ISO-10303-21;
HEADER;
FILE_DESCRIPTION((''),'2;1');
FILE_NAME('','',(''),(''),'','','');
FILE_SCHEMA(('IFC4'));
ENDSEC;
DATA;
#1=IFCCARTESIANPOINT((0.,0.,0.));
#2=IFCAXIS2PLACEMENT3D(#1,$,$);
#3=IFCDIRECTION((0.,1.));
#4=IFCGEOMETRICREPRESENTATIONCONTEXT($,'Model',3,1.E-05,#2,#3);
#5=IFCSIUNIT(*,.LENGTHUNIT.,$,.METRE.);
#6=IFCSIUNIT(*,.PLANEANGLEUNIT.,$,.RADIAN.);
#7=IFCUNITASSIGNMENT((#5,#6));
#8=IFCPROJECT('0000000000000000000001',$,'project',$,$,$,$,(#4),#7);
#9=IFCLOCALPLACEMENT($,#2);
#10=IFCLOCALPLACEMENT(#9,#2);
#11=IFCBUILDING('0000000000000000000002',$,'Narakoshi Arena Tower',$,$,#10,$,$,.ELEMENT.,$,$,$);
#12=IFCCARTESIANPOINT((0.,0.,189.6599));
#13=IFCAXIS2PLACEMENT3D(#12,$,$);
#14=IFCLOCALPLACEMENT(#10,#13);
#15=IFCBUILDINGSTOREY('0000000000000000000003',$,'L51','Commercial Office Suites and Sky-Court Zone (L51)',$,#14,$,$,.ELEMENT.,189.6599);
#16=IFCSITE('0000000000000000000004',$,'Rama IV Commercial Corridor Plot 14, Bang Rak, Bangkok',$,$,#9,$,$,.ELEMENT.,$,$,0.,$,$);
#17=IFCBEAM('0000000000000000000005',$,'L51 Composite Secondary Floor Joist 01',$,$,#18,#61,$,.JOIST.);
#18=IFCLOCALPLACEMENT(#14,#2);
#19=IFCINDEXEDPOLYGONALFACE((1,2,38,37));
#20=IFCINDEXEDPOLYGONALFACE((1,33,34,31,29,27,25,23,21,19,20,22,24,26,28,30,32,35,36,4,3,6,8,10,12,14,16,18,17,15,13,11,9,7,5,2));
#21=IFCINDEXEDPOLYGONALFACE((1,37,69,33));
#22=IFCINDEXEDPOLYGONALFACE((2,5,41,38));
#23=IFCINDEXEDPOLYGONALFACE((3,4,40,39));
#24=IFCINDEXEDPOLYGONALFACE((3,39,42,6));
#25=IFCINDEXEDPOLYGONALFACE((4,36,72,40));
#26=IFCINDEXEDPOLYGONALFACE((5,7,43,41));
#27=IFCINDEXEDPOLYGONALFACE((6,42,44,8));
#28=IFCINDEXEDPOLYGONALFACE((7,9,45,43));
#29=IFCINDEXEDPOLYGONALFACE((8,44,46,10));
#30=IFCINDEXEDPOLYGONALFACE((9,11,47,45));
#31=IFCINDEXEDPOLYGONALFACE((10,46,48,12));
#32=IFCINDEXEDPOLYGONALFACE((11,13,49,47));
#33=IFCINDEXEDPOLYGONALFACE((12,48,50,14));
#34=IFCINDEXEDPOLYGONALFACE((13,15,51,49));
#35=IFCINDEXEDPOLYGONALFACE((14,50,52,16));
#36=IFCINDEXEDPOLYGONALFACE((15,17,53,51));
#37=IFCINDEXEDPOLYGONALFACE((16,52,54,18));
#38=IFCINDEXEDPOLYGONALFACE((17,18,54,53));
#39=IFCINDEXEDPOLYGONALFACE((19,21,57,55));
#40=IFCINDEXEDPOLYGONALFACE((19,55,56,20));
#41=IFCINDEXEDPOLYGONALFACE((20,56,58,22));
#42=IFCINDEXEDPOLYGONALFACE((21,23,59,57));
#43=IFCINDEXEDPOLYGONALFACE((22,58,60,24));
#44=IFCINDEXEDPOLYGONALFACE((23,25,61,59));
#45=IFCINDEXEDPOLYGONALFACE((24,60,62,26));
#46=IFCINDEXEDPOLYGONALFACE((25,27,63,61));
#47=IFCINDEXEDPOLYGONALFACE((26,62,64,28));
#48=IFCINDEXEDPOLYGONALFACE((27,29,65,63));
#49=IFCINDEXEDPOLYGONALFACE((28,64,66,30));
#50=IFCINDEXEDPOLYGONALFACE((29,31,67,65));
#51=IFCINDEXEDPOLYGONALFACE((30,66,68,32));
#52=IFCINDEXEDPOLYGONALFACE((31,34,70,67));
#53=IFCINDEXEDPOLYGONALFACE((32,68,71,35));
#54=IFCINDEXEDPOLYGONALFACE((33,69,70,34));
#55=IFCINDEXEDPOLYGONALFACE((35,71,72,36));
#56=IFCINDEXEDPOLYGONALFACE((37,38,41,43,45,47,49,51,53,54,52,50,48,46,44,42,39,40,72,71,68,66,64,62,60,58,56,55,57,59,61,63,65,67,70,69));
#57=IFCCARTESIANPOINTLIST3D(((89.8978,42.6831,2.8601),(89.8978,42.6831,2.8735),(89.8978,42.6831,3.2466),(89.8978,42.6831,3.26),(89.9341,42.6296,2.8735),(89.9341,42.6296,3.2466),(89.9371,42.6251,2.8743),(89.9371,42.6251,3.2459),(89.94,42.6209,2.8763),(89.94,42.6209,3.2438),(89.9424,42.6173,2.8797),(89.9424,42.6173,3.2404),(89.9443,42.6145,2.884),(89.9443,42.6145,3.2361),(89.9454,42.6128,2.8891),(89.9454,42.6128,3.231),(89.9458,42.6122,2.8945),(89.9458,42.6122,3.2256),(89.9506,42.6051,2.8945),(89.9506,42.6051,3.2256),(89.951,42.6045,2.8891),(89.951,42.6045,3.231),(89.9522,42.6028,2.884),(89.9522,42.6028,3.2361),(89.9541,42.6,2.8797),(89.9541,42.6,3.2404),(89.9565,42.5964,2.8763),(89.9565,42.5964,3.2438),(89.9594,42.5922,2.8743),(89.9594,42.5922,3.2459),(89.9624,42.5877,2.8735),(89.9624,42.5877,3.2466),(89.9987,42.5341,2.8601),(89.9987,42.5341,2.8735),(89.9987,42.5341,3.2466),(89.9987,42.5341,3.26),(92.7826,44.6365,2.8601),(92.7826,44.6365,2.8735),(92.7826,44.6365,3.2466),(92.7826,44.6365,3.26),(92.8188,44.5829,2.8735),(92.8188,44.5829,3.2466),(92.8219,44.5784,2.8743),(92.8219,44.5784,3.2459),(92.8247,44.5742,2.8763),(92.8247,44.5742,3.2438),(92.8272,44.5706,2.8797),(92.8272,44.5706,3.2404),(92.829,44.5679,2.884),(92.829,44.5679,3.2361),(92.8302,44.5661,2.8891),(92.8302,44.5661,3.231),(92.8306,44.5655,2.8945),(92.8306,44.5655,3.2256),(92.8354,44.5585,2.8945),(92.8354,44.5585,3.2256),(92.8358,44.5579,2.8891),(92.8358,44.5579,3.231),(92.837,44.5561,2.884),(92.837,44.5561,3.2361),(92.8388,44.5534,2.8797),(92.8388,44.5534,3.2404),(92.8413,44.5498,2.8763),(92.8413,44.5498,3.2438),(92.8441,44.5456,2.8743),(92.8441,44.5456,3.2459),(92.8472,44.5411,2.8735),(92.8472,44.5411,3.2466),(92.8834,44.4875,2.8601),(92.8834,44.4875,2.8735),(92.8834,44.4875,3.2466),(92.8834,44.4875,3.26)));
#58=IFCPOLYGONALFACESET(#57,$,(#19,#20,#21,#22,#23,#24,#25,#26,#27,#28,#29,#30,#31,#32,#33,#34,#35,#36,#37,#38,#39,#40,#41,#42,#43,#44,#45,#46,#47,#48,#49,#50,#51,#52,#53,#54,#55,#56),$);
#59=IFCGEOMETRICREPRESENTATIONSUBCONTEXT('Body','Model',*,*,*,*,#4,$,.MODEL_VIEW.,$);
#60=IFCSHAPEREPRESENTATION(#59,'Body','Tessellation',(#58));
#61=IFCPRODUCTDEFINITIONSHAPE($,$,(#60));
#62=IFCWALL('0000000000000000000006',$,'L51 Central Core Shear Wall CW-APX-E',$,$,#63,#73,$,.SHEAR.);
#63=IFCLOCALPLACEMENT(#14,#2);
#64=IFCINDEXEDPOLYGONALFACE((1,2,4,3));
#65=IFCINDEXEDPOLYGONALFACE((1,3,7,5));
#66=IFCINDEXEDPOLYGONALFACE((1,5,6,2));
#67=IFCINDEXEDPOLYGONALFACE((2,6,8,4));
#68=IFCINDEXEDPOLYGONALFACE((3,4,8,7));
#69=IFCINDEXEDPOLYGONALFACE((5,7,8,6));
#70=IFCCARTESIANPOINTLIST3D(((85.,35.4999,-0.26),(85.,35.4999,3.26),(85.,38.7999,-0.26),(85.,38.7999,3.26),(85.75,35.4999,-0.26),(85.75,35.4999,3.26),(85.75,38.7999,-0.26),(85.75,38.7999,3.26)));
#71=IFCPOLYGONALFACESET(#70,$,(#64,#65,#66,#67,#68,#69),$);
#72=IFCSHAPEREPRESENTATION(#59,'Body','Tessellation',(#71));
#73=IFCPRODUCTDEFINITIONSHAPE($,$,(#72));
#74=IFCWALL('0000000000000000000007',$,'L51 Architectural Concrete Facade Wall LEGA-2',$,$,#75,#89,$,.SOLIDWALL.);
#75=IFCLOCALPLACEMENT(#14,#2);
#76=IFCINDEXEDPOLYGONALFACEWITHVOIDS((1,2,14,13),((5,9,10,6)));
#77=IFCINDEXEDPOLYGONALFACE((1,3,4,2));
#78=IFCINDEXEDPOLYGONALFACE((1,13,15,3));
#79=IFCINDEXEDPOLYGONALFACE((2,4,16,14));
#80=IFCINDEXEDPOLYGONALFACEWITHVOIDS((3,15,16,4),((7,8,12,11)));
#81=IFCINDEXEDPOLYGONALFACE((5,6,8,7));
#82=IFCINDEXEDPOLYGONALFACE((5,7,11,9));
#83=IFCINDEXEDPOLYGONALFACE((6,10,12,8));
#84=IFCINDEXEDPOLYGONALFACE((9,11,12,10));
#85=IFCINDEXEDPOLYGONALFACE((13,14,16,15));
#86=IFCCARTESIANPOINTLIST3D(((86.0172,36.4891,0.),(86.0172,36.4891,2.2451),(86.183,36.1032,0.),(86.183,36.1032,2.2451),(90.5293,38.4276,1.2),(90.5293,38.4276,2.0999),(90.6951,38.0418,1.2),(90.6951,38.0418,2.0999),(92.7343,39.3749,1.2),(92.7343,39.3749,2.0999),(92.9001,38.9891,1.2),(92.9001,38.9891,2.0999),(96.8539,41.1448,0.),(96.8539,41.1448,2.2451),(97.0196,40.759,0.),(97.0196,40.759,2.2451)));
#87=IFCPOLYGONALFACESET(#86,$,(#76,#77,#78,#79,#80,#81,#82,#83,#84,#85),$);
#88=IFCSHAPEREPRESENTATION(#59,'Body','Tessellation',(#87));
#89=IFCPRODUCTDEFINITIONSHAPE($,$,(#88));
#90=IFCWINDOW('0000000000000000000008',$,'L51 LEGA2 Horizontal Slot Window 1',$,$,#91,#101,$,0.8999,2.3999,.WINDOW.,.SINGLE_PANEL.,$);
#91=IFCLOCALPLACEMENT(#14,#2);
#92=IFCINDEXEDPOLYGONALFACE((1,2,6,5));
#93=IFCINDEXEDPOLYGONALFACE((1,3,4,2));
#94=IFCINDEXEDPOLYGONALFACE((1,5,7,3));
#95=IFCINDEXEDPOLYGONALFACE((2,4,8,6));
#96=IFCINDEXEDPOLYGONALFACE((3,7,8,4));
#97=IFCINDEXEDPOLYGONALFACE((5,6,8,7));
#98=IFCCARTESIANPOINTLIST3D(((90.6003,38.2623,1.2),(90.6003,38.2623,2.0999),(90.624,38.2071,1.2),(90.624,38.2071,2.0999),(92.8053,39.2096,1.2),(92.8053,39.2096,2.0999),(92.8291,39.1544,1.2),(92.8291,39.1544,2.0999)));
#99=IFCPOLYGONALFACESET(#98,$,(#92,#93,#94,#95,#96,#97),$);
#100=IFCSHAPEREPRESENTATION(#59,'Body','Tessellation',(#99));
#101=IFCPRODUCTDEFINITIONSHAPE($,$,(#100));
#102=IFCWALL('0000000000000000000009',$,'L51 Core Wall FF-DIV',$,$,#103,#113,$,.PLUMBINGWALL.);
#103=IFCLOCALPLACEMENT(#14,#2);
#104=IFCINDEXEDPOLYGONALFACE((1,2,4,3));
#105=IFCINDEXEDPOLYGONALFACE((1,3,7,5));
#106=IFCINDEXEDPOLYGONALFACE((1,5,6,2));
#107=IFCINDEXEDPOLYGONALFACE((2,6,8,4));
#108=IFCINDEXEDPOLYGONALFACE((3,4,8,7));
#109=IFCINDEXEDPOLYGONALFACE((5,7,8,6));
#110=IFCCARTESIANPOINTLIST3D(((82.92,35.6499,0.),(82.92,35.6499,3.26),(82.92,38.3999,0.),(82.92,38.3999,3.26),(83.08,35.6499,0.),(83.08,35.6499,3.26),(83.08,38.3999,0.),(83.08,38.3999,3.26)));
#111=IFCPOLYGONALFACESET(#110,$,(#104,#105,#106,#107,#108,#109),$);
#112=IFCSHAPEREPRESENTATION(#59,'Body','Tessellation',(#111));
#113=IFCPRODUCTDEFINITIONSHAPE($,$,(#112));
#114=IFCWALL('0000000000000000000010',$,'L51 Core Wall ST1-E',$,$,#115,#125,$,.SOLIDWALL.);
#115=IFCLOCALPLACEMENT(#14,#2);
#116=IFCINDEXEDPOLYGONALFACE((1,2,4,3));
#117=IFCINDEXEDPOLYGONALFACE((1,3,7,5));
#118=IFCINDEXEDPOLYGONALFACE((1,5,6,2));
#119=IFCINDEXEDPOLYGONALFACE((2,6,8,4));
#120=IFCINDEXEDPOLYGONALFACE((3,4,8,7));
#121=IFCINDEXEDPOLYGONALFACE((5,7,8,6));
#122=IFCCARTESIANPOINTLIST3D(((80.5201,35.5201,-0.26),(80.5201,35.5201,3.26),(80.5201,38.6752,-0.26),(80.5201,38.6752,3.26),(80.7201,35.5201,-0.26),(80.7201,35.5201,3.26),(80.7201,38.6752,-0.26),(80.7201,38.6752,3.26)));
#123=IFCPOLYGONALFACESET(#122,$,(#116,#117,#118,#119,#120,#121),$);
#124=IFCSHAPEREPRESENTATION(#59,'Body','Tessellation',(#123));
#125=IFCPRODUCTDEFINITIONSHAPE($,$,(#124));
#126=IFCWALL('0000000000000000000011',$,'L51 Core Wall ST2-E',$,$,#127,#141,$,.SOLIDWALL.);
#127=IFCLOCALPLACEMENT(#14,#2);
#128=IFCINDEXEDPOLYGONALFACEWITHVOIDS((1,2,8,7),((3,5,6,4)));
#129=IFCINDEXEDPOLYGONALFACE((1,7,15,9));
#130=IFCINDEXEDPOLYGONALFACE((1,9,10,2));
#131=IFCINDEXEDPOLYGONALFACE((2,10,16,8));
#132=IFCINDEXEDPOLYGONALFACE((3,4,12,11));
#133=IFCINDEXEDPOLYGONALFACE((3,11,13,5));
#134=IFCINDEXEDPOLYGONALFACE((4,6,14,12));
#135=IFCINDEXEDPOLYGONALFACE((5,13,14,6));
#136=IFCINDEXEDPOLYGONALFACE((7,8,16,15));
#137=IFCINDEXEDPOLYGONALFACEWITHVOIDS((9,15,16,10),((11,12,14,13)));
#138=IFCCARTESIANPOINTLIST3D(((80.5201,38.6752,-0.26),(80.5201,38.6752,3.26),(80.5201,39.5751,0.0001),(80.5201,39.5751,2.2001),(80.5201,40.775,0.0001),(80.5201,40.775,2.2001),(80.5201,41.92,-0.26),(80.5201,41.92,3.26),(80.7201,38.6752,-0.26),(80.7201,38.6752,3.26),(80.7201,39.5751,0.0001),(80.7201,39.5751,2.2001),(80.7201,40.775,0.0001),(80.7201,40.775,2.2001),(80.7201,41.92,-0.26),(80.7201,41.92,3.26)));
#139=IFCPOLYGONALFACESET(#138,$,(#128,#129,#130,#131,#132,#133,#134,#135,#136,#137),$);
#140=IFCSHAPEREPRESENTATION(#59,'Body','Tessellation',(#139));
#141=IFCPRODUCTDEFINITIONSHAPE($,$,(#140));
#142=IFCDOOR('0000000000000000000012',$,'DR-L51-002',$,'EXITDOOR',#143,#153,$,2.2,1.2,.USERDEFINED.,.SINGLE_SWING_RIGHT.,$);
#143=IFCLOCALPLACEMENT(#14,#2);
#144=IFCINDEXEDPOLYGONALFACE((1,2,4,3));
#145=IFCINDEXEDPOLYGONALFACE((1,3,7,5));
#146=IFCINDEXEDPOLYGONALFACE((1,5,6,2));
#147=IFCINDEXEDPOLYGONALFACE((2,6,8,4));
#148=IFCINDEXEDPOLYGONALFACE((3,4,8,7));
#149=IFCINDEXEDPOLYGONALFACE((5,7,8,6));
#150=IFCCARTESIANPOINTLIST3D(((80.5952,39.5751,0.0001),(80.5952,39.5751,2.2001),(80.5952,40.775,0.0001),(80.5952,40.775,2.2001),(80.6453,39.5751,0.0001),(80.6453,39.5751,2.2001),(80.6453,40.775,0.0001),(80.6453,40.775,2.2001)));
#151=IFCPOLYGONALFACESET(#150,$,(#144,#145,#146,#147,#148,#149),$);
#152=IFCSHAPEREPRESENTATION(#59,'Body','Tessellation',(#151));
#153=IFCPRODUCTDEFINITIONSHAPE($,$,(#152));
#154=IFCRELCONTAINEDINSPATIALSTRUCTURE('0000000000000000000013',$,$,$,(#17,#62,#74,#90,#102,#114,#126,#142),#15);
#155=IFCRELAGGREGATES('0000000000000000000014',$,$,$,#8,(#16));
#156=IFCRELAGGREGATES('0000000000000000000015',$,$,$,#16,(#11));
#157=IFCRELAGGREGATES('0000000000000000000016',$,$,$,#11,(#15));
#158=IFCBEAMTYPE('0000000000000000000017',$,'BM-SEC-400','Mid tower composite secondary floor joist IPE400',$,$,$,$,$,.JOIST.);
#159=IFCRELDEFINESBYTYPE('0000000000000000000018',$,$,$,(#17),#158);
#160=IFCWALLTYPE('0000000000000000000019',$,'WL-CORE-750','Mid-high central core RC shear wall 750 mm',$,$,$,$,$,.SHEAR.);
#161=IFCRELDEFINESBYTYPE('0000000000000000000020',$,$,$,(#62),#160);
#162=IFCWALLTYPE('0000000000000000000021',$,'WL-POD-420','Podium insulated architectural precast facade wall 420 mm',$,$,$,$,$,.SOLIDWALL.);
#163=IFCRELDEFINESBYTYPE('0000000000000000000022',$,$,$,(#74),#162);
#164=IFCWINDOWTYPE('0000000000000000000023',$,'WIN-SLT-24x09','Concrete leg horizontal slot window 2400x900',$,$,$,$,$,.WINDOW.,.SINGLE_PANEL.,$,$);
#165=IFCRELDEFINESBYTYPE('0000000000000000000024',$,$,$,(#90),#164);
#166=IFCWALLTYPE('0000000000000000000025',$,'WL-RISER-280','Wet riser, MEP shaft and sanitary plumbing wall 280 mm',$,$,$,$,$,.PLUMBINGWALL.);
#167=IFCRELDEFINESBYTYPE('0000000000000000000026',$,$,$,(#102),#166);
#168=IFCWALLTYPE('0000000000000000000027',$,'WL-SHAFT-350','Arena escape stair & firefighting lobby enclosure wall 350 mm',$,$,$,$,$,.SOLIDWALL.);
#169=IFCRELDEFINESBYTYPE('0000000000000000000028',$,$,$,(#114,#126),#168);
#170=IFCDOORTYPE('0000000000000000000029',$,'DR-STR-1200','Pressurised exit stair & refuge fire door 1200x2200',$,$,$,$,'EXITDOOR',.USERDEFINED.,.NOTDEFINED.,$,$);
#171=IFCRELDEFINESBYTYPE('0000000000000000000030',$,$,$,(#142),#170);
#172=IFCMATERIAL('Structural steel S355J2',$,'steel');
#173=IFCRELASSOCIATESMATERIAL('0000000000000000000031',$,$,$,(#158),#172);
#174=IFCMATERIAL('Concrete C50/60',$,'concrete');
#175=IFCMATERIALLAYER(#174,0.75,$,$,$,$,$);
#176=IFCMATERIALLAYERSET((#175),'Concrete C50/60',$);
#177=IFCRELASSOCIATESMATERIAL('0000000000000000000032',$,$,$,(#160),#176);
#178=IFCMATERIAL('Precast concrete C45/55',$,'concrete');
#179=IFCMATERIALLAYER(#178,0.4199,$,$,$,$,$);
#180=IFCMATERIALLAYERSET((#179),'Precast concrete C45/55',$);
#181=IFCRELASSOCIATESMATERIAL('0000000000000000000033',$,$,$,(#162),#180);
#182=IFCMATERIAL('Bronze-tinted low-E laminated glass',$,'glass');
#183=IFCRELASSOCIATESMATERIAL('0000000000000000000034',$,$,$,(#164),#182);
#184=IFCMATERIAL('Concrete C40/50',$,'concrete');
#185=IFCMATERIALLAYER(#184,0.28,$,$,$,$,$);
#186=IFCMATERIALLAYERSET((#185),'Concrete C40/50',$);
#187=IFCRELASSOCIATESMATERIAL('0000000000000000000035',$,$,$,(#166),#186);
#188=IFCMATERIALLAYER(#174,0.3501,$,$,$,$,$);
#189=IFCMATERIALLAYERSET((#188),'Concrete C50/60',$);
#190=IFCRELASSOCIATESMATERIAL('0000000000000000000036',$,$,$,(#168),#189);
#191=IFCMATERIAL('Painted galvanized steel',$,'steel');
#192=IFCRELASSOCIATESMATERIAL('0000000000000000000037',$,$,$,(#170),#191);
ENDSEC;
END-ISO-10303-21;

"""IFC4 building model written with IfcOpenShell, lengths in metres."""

from ifc_helpers import new_model, si_unit, direction, frame, frame_2d, origin, origin_2d, place, context, subcontext, project, spatial, rectangle, i_section, extrude, material, layer, layer_set, material_profile, profile_set, type_object, element, fill, save


model = new_model("IFC4")

# Units and contexts
model_context = context("Model", 3, precision=1e-05, world=origin(), true_north=direction((0.0, 1.0)))
body_context = subcontext(model_context, "Body", "Model", "MODEL_VIEW")
ifc_project = project(units=[si_unit("LENGTHUNIT", "METRE"), si_unit("PLANEANGLEUNIT", "RADIAN")], contexts=[model_context])

# Site, building, storey
site_placement = place(None, origin())
site = spatial("IfcSite", under=ifc_project, at=site_placement, Name="Rama IV Commercial Corridor Plot 14, Bang Rak, Bangkok", CompositionType="ELEMENT", RefElevation=0.0)
building_placement = place(site_placement, origin())
building = spatial("IfcBuilding", under=site, at=building_placement, Name="Narakoshi Arena Tower", CompositionType="ELEMENT")
storey_placement = place(building_placement, frame((0.0, 0.0, 189.6599)))
storey = spatial("IfcBuildingStorey", under=building, at=storey_placement, Name="L51", Description="Commercial Office Suites and Sky-Court Zone (L51)", CompositionType="ELEMENT", Elevation=189.6599)

# Beam
ifc_material_1 = material(Name="Structural steel S355J2", Category="steel")
ifc_material_profile = material_profile(ifc_material_1, i_section(OverallWidth=0.1799, OverallDepth=0.3999, WebThickness=0.0085, FlangeThickness=0.0134, FilletRadius=0.021, at=origin_2d()), Name="IPE400")
ifc_profile_set = profile_set([ifc_material_profile], Name="Structural steel S355J2")
beam_type = type_object("IfcBeamType", Name="BM-SEC-400", Description="Mid tower composite secondary floor joist IPE400", PredefinedType="JOIST", material=ifc_profile_set)
beam_placement = place(storey_placement, frame((89.9482, 42.6086, 3.0601), z_axis=(0.828029, 0.560685, 0.0), x_axis=(-0.560685, 0.828029, 0.0)))
element("IfcBeam", 1, at=beam_placement, inside=storey, type_object=beam_type, Name="L51 Composite Secondary Floor Joist 01", PredefinedType="JOIST", context=body_context, shape_type="SweptSolid", body=[
    extrude(i_section(OverallWidth=0.1799, OverallDepth=0.3999, WebThickness=0.0085, FlangeThickness=0.0134, FilletRadius=0.021, at=origin_2d()), origin(), (0.0, 0.0, 1.0), 3.4839),
])

# Wall
ifc_material_2 = material(Name="Concrete C50/60", Category="concrete")
ifc_layer_1 = layer(ifc_material_2, 0.75)
ifc_layer_set_1 = layer_set([ifc_layer_1], Name="Concrete C50/60")
wall_type_1 = type_object("IfcWallType", Name="WL-CORE-750", Description="Mid-high central core RC shear wall 750 mm", PredefinedType="SHEAR", material=ifc_layer_set_1)
wall_1_placement = place(storey_placement, frame((85.375, 35.5, -0.26), z_axis=(0.0, 0.0, 1.0), x_axis=(0.0, 1.0, 0.0)))
element("IfcWall", 2, at=wall_1_placement, inside=storey, type_object=wall_type_1, Name="L51 Central Core Shear Wall CW-APX-E", PredefinedType="SHEAR", context=body_context, shape_type="SweptSolid", body=[
    extrude(rectangle(XDim=3.3, YDim=0.75, at=frame_2d((1.6499, 0.0))), origin(), (0.0, 0.0, 1.0), 3.52),
])

# Wall, opening, window
ifc_material_3 = material(Name="Precast concrete C45/55", Category="concrete")
ifc_layer_2 = layer(ifc_material_3, 0.4199)
ifc_layer_set_2 = layer_set([ifc_layer_2], Name="Precast concrete C45/55")
wall_type_2 = type_object("IfcWallType", Name="WL-POD-420", Description="Podium insulated architectural precast facade wall 420 mm", PredefinedType="SOLIDWALL", material=ifc_layer_set_2)
wall_2_placement = place(storey_placement, frame((86.1001, 36.2961, 0.0), z_axis=(0.0, 0.0, 1.0), x_axis=(0.918792, 0.394741, 0.0)))
wall_2 = element("IfcWall", 3, at=wall_2_placement, inside=storey, type_object=wall_type_2, Name="L51 Architectural Concrete Facade Wall LEGA-2", PredefinedType="SOLIDWALL", context=body_context, shape_type="SweptSolid", body=[
    extrude(rectangle(XDim=11.7944, YDim=0.4199, at=frame_2d((5.8972, 0.0))), origin(), (0.0, 0.0, 1.0), 2.2451),
])
opening_1_placement = place(wall_2_placement, frame((4.9109, 0.0, 1.2)))
opening_1 = element("IfcOpeningElement", 4, at=opening_1_placement, cuts=wall_2, PredefinedType="OPENING", context=body_context, shape_type="SweptSolid", body=[
    extrude(rectangle(XDim=2.3999, YDim=0.8999, at=frame_2d((1.2, 0.45))), frame((0.0, 0.22, 0.0), z_axis=(0.0, -1.0, 0.0), x_axis=(1.0, 0.0, 0.0)), (0.0, 0.0, 1.0), 0.4399),
])
ifc_material_4 = material(Name="Bronze-tinted low-E laminated glass", Category="glass")
window_type = type_object("IfcWindowType", Name="WIN-SLT-24x09", Description="Concrete leg horizontal slot window 2400x900", PartitioningType="SINGLE_PANEL", PredefinedType="WINDOW", material=ifc_material_4)
window_placement = place(opening_1_placement, origin())
window = element("IfcWindow", 5, at=window_placement, inside=storey, type_object=window_type, Name="L51 LEGA2 Horizontal Slot Window 1", OverallHeight=0.8999, OverallWidth=2.3999, PartitioningType="SINGLE_PANEL", PredefinedType="WINDOW", context=body_context, shape_type="SweptSolid", body=[
    extrude(rectangle(XDim=2.3999, YDim=0.8999, at=frame_2d((1.2, 0.45))), frame((0.0, 0.03, 0.0), z_axis=(0.0, -1.0, 0.0), x_axis=(1.0, 0.0, 0.0)), (0.0, 0.0, 1.0), 0.0601),
])
fill(opening_1, window)

# Walls
ifc_material_5 = material(Name="Concrete C40/50", Category="concrete")
ifc_layer_3 = layer(ifc_material_5, 0.28)
ifc_layer_set_3 = layer_set([ifc_layer_3], Name="Concrete C40/50")
wall_type_3 = type_object("IfcWallType", Name="WL-RISER-280", Description="Wet riser, MEP shaft and sanitary plumbing wall 280 mm", PredefinedType="PLUMBINGWALL", material=ifc_layer_set_3)
wall_3_placement = place(storey_placement, frame((83.0, 35.6499, 0.0), z_axis=(0.0, 0.0, 1.0), x_axis=(0.0, 1.0, 0.0)))
element("IfcWall", 6, at=wall_3_placement, inside=storey, type_object=wall_type_3, Name="L51 Core Wall FF-DIV", PredefinedType="PLUMBINGWALL", context=body_context, shape_type="SweptSolid", body=[
    extrude(rectangle(XDim=2.75, YDim=0.1599, at=frame_2d((1.375, 0.0))), origin(), (0.0, 0.0, 1.0), 3.26),
])
ifc_layer_4 = layer(ifc_material_2, 0.3501)
ifc_layer_set_4 = layer_set([ifc_layer_4], Name="Concrete C50/60")
wall_type_4 = type_object("IfcWallType", Name="WL-SHAFT-350", Description="Arena escape stair & firefighting lobby enclosure wall 350 mm", PredefinedType="SOLIDWALL", material=ifc_layer_set_4)
wall_4_placement = place(storey_placement, frame((80.6201, 35.52, -0.26), z_axis=(0.0, 0.0, 1.0), x_axis=(0.0, 1.0, 0.0)))
element("IfcWall", 7, at=wall_4_placement, inside=storey, type_object=wall_type_4, Name="L51 Core Wall ST1-E", PredefinedType="SOLIDWALL", context=body_context, shape_type="SweptSolid", body=[
    extrude(rectangle(XDim=3.155, YDim=0.2, at=frame_2d((1.5776, 0.0))), origin(), (0.0, 0.0, 1.0), 3.52),
])

# Wall, opening, door
wall_5_placement = place(storey_placement, frame((80.6201, 38.675, -0.26), z_axis=(0.0, 0.0, 1.0), x_axis=(0.0, 1.0, 0.0)))
wall_5 = element("IfcWall", 8, at=wall_5_placement, inside=storey, type_object=wall_type_4, Name="L51 Core Wall ST2-E", PredefinedType="SOLIDWALL", context=body_context, shape_type="SweptSolid", body=[
    extrude(rectangle(XDim=3.2449, YDim=0.2, at=frame_2d((1.6226, 0.0))), origin(), (0.0, 0.0, 1.0), 3.52),
])
opening_2_placement = place(wall_5_placement, frame((0.8999, 0.0, 0.26)))
opening_2 = element("IfcOpeningElement", 9, at=opening_2_placement, cuts=wall_5, PredefinedType="OPENING", context=body_context, shape_type="SweptSolid", body=[
    extrude(rectangle(XDim=1.2, YDim=2.2, at=frame_2d((0.6001, 1.1001))), frame((0.0, 0.1099, 0.0), z_axis=(0.0, -1.0, 0.0), x_axis=(1.0, 0.0, 0.0)), (0.0, 0.0, 1.0), 0.22),
])
ifc_material_6 = material(Name="Painted galvanized steel", Category="steel")
door_type_1 = type_object("IfcDoorType", Name="DR-STR-1200", Description="Pressurised exit stair & refuge fire door 1200x2200", ElementType="EXITDOOR", OperationType="NOTDEFINED", PredefinedType="USERDEFINED", material=ifc_material_6)
door_1_placement = place(opening_2_placement, origin())
door_1 = element("IfcDoor", 10, at=door_1_placement, inside=storey, type_object=door_type_1, Name="DR-L51-002", ObjectType="EXITDOOR", OperationType="SINGLE_SWING_RIGHT", OverallHeight=2.2, OverallWidth=1.2, PredefinedType="USERDEFINED", context=body_context, shape_type="SweptSolid", body=[
    extrude(rectangle(XDim=1.2, YDim=2.2, at=frame_2d((0.6001, 1.1001))), frame((0.0, 0.0249, 0.0), z_axis=(0.0, -1.0, 0.0), x_axis=(1.0, 0.0, 0.0)), (0.0, 0.0, 1.0), 0.05),
])
fill(opening_2, door_1)

save(model, "model.ifc")
